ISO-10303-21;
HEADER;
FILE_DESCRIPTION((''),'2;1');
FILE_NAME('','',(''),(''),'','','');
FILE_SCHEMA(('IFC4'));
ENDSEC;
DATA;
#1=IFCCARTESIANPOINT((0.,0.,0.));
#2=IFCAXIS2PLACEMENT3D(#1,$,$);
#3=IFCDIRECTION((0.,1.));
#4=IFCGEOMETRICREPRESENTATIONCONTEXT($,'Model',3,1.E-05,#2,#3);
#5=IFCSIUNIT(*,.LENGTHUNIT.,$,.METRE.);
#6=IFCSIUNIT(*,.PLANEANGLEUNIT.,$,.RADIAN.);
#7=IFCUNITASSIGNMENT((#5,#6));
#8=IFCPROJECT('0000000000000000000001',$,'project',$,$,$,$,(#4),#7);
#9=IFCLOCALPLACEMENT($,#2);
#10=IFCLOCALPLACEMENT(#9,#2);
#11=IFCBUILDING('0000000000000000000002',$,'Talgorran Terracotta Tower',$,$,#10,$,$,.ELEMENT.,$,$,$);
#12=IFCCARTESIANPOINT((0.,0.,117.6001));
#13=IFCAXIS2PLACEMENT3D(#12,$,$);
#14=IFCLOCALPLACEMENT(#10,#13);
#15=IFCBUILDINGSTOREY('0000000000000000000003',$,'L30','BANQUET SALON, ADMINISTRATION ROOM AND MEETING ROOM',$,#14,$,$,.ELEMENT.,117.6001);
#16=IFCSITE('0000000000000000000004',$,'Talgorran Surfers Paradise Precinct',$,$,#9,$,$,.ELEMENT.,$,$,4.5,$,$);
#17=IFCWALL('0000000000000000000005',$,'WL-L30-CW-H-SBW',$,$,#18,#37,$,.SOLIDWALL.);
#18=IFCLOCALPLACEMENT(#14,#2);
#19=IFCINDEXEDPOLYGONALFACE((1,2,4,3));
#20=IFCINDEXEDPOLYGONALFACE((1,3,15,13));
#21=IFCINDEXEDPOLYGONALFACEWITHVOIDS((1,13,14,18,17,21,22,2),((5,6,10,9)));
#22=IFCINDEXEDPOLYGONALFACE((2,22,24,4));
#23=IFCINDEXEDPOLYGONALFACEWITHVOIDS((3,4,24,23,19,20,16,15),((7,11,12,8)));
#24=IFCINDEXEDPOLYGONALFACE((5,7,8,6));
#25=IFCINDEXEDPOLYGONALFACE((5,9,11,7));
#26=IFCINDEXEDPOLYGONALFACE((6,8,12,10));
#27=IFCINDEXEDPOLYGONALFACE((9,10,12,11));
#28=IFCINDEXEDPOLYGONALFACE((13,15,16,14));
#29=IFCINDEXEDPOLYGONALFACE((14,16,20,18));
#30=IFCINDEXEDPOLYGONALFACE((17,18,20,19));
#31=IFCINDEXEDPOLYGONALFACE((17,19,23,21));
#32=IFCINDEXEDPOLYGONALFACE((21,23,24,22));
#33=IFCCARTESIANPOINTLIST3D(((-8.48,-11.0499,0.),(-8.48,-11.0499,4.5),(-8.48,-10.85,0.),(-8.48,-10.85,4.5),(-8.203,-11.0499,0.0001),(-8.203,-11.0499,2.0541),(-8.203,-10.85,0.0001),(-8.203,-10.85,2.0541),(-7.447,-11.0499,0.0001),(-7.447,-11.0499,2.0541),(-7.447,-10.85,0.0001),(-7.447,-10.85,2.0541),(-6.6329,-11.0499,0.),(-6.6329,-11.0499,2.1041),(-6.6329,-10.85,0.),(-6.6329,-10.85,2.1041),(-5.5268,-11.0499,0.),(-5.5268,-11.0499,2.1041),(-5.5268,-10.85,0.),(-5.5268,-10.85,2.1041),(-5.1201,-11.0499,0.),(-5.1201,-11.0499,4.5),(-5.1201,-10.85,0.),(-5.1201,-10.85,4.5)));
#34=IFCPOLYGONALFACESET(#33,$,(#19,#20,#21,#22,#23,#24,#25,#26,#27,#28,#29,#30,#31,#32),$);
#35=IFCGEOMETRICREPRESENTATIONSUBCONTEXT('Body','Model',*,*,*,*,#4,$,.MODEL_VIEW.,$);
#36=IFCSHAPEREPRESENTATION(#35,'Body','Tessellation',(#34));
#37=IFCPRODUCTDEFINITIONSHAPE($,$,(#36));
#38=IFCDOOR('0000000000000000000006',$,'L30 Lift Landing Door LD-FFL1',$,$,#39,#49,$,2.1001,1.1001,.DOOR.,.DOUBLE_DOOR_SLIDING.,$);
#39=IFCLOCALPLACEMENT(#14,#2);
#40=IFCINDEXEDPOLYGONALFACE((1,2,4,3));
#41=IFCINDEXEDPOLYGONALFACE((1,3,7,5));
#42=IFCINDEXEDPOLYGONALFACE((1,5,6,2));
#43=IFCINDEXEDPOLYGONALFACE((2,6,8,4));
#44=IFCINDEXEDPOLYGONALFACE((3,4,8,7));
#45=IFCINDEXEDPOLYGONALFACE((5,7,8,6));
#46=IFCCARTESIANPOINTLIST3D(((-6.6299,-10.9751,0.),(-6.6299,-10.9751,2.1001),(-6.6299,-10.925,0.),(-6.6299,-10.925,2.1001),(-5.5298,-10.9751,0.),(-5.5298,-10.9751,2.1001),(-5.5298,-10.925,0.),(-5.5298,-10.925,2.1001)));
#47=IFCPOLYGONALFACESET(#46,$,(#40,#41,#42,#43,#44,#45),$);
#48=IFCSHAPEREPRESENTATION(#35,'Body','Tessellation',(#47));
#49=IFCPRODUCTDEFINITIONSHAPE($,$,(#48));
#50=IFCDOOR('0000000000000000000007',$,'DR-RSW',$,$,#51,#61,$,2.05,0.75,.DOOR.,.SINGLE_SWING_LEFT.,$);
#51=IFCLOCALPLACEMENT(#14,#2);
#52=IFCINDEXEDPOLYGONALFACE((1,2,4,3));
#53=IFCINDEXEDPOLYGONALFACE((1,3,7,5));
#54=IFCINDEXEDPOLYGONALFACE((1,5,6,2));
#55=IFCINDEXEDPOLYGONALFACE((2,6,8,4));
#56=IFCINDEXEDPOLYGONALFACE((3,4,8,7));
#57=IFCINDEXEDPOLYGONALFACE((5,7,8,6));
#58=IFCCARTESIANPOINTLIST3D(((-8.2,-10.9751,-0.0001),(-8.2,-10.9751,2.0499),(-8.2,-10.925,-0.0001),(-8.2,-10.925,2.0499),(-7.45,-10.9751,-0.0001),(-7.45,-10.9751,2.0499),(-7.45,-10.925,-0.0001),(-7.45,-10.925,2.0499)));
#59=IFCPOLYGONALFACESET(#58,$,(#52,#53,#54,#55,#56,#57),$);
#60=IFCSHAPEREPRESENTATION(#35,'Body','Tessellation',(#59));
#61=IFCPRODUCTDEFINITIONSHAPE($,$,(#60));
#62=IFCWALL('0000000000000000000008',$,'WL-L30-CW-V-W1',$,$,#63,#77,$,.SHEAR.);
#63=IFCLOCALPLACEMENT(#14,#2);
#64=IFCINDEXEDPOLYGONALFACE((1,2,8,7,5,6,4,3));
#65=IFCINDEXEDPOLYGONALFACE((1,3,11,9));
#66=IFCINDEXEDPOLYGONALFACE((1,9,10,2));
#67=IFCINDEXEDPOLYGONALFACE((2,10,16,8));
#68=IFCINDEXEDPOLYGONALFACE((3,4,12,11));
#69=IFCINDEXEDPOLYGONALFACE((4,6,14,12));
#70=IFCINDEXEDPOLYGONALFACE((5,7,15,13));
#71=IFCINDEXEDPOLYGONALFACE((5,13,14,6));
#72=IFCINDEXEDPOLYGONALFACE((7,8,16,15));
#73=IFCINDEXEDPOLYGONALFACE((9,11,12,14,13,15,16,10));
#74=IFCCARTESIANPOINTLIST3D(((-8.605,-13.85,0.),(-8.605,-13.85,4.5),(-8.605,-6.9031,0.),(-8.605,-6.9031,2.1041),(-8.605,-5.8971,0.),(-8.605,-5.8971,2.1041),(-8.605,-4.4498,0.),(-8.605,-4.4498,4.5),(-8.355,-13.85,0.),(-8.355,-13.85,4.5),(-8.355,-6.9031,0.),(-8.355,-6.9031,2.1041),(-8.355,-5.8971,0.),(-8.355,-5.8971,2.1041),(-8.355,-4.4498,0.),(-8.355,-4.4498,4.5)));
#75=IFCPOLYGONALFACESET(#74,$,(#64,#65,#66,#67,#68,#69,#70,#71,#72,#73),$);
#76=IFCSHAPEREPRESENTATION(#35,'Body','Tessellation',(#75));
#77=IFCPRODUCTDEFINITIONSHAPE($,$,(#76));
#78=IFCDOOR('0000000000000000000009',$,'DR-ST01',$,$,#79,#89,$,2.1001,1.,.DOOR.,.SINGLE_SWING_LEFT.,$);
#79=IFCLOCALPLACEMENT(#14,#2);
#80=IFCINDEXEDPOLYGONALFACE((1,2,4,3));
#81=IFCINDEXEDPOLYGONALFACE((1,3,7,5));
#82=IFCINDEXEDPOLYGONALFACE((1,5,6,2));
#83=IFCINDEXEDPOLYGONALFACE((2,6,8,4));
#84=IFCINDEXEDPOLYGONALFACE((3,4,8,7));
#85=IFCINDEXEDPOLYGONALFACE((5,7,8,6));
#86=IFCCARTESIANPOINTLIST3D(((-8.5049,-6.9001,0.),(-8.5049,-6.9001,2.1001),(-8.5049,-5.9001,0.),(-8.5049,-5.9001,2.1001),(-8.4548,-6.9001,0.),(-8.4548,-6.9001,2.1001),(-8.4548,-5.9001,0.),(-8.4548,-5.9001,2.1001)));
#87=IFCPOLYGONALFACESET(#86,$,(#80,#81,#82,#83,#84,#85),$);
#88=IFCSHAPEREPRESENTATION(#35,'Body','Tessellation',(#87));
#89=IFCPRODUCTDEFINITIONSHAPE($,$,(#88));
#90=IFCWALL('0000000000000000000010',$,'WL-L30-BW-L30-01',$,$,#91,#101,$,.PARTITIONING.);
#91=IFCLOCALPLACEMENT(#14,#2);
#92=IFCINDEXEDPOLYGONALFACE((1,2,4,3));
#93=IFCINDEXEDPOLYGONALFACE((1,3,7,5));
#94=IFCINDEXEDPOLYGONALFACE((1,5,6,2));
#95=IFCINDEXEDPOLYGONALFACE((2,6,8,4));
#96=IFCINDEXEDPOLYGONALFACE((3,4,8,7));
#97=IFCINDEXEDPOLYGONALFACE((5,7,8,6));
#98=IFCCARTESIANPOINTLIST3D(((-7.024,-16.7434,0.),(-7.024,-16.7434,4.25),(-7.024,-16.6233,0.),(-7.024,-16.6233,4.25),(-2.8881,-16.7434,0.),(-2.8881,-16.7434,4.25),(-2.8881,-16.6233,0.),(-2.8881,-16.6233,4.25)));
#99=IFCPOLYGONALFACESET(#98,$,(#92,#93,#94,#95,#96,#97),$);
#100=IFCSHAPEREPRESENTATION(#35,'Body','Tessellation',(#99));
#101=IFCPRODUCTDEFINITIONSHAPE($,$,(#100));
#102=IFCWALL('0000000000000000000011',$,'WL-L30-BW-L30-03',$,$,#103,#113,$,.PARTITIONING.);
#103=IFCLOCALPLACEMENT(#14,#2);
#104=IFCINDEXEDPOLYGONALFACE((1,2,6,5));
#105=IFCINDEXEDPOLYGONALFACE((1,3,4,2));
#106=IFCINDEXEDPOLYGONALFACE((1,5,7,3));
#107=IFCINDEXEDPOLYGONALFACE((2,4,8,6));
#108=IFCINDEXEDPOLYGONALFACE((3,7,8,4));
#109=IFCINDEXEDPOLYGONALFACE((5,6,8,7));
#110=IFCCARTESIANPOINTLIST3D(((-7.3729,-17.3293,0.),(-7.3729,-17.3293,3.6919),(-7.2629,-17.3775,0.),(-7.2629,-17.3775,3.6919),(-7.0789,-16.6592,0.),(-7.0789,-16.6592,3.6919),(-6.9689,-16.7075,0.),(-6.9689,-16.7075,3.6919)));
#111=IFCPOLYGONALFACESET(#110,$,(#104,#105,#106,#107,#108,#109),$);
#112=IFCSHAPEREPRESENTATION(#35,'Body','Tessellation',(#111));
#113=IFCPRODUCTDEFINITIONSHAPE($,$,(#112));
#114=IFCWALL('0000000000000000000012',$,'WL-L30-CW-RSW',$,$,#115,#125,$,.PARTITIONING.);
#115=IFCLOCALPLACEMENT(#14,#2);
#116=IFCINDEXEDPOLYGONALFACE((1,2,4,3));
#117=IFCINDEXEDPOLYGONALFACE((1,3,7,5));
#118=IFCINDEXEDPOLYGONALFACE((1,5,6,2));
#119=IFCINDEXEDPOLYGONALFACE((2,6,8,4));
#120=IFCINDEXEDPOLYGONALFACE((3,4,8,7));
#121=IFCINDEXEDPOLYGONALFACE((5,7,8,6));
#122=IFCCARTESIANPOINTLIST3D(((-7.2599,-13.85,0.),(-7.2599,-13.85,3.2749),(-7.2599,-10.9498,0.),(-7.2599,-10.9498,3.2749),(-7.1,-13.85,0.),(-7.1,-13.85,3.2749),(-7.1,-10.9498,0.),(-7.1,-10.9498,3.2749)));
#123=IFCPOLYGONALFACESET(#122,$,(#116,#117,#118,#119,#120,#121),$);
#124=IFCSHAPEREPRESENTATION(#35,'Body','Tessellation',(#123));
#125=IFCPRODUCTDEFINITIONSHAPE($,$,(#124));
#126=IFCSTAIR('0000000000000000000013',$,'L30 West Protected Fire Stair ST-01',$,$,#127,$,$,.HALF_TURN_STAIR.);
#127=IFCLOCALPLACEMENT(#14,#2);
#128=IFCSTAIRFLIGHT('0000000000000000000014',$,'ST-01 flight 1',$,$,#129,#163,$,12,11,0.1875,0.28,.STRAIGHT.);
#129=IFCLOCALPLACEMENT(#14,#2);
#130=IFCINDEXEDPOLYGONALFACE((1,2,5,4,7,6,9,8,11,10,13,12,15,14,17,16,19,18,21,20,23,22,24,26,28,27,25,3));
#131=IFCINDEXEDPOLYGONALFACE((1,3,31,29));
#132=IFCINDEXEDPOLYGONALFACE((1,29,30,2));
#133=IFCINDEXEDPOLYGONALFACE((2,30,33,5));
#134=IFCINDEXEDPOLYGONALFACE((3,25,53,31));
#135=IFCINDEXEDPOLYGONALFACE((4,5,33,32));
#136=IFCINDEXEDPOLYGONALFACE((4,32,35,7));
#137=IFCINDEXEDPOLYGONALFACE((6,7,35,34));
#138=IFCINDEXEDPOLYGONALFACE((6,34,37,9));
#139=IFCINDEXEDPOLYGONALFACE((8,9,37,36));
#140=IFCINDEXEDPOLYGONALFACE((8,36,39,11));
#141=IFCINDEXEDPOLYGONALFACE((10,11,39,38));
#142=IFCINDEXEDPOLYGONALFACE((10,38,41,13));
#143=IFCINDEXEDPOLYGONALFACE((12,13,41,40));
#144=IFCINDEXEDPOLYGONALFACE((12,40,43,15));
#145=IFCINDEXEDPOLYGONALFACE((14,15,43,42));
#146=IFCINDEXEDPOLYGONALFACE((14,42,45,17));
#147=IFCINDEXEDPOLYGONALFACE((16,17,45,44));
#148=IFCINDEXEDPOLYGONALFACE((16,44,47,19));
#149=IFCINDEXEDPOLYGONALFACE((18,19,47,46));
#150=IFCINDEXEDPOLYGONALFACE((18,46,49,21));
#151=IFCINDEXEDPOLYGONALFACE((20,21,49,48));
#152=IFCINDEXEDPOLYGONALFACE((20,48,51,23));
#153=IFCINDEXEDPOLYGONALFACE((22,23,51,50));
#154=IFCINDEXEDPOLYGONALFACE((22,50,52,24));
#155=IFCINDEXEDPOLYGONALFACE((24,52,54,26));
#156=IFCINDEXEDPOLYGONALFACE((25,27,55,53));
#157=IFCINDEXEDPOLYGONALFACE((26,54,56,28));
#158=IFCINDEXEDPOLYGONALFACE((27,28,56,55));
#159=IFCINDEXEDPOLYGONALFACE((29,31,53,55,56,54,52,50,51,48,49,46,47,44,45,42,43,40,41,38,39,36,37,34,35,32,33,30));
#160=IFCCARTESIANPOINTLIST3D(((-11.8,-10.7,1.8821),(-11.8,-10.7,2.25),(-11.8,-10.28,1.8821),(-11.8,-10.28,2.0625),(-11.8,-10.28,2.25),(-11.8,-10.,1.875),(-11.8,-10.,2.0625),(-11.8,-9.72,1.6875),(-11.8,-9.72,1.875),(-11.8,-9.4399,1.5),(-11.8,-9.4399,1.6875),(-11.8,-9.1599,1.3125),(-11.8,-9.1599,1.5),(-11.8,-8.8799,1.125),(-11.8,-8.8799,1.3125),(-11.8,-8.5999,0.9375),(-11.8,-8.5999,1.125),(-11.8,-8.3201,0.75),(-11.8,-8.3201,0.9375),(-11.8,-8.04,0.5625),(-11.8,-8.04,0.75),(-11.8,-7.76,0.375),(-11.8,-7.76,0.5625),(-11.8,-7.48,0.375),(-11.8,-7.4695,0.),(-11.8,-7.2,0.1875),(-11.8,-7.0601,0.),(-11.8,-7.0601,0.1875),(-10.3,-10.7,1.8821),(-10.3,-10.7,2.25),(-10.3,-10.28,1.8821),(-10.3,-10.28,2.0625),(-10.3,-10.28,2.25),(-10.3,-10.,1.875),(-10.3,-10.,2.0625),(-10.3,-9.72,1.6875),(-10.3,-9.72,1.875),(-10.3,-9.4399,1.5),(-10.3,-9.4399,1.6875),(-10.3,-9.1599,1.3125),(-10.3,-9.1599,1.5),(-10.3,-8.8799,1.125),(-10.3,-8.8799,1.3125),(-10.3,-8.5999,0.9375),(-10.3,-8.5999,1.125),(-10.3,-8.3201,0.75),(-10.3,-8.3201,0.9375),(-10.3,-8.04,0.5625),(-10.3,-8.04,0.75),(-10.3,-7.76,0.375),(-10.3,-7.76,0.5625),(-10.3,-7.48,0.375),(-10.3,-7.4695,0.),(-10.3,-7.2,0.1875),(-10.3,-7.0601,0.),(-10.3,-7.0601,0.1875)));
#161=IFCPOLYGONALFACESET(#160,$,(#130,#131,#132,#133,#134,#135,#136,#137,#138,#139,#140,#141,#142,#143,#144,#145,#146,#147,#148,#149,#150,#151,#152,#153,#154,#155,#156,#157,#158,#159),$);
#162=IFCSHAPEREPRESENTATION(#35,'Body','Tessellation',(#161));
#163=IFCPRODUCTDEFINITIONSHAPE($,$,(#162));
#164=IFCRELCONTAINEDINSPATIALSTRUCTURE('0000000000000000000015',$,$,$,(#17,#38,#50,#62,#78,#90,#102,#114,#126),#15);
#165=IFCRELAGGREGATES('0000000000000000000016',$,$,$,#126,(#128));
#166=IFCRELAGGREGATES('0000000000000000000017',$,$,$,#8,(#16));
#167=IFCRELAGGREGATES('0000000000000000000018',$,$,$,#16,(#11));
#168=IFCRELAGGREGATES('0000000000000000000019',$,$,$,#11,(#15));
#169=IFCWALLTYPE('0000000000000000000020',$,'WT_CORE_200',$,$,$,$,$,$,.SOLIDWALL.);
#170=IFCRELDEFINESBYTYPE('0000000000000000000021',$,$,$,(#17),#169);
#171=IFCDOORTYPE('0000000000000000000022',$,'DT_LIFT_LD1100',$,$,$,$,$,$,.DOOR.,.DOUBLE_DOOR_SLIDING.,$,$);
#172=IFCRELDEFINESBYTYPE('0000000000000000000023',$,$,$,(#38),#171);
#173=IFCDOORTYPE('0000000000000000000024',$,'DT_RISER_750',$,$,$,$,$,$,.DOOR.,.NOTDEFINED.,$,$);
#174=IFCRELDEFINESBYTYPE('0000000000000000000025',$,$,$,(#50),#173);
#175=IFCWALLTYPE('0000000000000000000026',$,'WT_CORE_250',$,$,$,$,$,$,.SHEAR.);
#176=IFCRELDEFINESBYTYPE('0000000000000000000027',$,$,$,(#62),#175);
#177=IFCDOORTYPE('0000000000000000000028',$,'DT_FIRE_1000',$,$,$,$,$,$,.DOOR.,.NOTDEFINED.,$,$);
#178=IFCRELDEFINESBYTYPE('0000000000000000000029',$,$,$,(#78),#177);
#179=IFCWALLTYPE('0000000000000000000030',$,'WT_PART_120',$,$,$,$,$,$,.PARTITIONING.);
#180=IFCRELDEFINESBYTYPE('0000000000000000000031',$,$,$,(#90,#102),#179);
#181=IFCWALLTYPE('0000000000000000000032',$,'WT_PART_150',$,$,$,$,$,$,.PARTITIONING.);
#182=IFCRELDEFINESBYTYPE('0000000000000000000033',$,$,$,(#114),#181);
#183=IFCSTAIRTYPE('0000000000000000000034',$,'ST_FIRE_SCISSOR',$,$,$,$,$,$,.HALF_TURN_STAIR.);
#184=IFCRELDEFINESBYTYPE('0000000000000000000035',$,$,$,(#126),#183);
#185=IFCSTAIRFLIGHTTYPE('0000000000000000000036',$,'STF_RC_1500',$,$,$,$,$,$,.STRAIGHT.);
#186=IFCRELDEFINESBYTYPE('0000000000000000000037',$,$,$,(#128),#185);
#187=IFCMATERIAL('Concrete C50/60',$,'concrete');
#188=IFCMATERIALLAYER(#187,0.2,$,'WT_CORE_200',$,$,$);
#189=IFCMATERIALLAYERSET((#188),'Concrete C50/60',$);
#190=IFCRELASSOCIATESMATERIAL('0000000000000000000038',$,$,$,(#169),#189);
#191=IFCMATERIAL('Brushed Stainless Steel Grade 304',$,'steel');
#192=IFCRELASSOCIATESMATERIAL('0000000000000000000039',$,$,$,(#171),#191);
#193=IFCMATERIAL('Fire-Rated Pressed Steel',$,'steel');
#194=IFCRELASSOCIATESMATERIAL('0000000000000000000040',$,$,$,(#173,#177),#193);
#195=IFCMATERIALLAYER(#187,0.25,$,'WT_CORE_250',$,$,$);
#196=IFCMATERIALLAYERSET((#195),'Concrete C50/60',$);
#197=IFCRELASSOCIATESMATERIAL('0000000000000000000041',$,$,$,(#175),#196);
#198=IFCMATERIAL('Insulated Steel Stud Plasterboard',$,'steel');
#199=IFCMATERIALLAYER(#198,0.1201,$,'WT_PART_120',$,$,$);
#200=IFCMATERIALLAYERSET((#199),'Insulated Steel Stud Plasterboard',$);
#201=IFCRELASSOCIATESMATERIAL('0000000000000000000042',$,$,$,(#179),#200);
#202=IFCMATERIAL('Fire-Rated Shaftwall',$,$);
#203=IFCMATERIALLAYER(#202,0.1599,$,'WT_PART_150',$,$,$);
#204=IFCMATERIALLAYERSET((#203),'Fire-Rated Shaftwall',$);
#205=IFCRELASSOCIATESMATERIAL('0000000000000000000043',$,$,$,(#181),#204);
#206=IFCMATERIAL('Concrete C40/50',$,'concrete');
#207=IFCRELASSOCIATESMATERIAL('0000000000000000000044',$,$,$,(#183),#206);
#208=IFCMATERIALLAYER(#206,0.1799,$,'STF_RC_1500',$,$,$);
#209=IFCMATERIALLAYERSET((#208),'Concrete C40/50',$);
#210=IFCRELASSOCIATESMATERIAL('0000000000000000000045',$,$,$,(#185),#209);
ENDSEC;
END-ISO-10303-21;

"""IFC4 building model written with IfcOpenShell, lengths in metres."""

from ifc_helpers import new_model, si_unit, direction, frame, frame_2d, origin, place, context, subcontext, project, spatial, polyline, rectangle, outline, extrude, material, layer, layer_set, type_object, element, fill, aggregate, save


model = new_model("IFC4")

# Units and contexts
model_context = context("Model", 3, precision=1e-05, world=origin(), true_north=direction((0.0, 1.0)))
body_context = subcontext(model_context, "Body", "Model", "MODEL_VIEW")
ifc_project = project(units=[si_unit("LENGTHUNIT", "METRE"), si_unit("PLANEANGLEUNIT", "RADIAN")], contexts=[model_context])

# Site, building, storey
site_placement = place(None, origin())
site = spatial("IfcSite", under=ifc_project, at=site_placement, Name="Talgorran Surfers Paradise Precinct", CompositionType="ELEMENT", RefElevation=4.5)
building_placement = place(site_placement, origin())
building = spatial("IfcBuilding", under=site, at=building_placement, Name="Talgorran Terracotta Tower", CompositionType="ELEMENT")
storey_placement = place(building_placement, frame((0.0, 0.0, 117.6001)))
storey = spatial("IfcBuildingStorey", under=building, at=storey_placement, Name="L30", Description="BANQUET SALON, ADMINISTRATION ROOM AND MEETING ROOM", CompositionType="ELEMENT", Elevation=117.6001)

# Wall, openings, doors
ifc_material_1 = material(Name="Concrete C50/60", Category="concrete")
ifc_layer_1 = layer(ifc_material_1, 0.2, Name="WT_CORE_200")
ifc_layer_set_1 = layer_set([ifc_layer_1], Name="Concrete C50/60")
wall_type_1 = type_object("IfcWallType", Name="WT_CORE_200", PredefinedType="SOLIDWALL", material=ifc_layer_set_1)
wall_1_placement = place(storey_placement, frame((-8.48, -10.95, 0.0), z_axis=(0.0, 0.0, 1.0), x_axis=(1.0, 0.0, 0.0)))
wall_1 = element("IfcWall", 1, at=wall_1_placement, inside=storey, type_object=wall_type_1, Name="WL-L30-CW-H-SBW", PredefinedType="SOLIDWALL", context=body_context, shape_type="SweptSolid", body=[
    extrude(rectangle(XDim=3.3599, YDim=0.2, at=frame_2d((1.6799, 0.0))), origin(), (0.0, 0.0, 1.0), 4.5),
])
opening_1_placement = place(wall_1_placement, frame((0.28, 0.0, 0.0)))
opening_1 = element("IfcOpeningElement", 2, at=opening_1_placement, cuts=wall_1, PredefinedType="OPENING", context=body_context, shape_type="SweptSolid", body=[
    extrude(rectangle(XDim=0.756, YDim=2.054, at=frame_2d((0.375, 1.0271))), frame((0.0, 0.1099, 0.0), z_axis=(0.0, -1.0, 0.0), x_axis=(1.0, 0.0, 0.0)), (0.0, 0.0, 1.0), 0.22),
])
opening_2_placement = place(wall_1_placement, frame((1.8501, 0.0, 0.0)))
opening_2 = element("IfcOpeningElement", 3, at=opening_2_placement, cuts=wall_1, PredefinedType="OPENING", context=body_context, shape_type="SweptSolid", body=[
    extrude(rectangle(XDim=1.1061, YDim=2.1041, at=frame_2d((0.55, 1.052))), frame((0.0, 0.1099, 0.0), z_axis=(0.0, -1.0, 0.0), x_axis=(1.0, 0.0, 0.0)), (0.0, 0.0, 1.0), 0.22),
])
ifc_material_2 = material(Name="Brushed Stainless Steel Grade 304", Category="steel")
door_type_1 = type_object("IfcDoorType", Name="DT_LIFT_LD1100", OperationType="DOUBLE_DOOR_SLIDING", PredefinedType="DOOR", material=ifc_material_2)
door_1_placement = place(opening_2_placement, origin())
door_1 = element("IfcDoor", 4, at=door_1_placement, inside=storey, type_object=door_type_1, Name="L30 Lift Landing Door LD-FFL1", OperationType="DOUBLE_DOOR_SLIDING", OverallHeight=2.1001, OverallWidth=1.1001, PredefinedType="DOOR", context=body_context, shape_type="SweptSolid", body=[
    extrude(rectangle(XDim=1.1001, YDim=2.1001, at=frame_2d((0.55, 1.05))), frame((0.0, 0.0249, 0.0), z_axis=(0.0, -1.0, 0.0), x_axis=(1.0, 0.0, 0.0)), (0.0, 0.0, 1.0), 0.05),
])
fill(opening_2, door_1)
ifc_material_3 = material(Name="Fire-Rated Pressed Steel", Category="steel")
door_type_2 = type_object("IfcDoorType", Name="DT_RISER_750", OperationType="NOTDEFINED", PredefinedType="DOOR", material=ifc_material_3)
door_2_placement = place(opening_1_placement, origin())
door_2 = element("IfcDoor", 5, at=door_2_placement, inside=storey, type_object=door_type_2, Name="DR-RSW", OperationType="SINGLE_SWING_LEFT", OverallHeight=2.05, OverallWidth=0.75, PredefinedType="DOOR", context=body_context, shape_type="SweptSolid", body=[
    extrude(rectangle(XDim=0.75, YDim=2.05, at=frame_2d((0.375, 1.0249))), frame((0.0, 0.0249, 0.0), z_axis=(0.0, -1.0, 0.0), x_axis=(1.0, 0.0, 0.0)), (0.0, 0.0, 1.0), 0.05),
])
fill(opening_1, door_2)

# Wall, opening, door
ifc_layer_2 = layer(ifc_material_1, 0.25, Name="WT_CORE_250")
ifc_layer_set_2 = layer_set([ifc_layer_2], Name="Concrete C50/60")
wall_type_2 = type_object("IfcWallType", Name="WT_CORE_250", PredefinedType="SHEAR", material=ifc_layer_set_2)
wall_2_placement = place(storey_placement, frame((-8.48, -13.8501, 0.0), z_axis=(0.0, 0.0, 1.0), x_axis=(0.0, 1.0, 0.0)))
wall_2 = element("IfcWall", 6, at=wall_2_placement, inside=storey, type_object=wall_type_2, Name="WL-L30-CW-V-W1", PredefinedType="SHEAR", context=body_context, shape_type="SweptSolid", body=[
    extrude(rectangle(XDim=9.4001, YDim=0.25, at=frame_2d((4.7002, 0.0))), origin(), (0.0, 0.0, 1.0), 4.5),
])
opening_3_placement = place(wall_2_placement, frame((6.95, 0.0, 0.0)))
opening_3 = element("IfcOpeningElement", 7, at=opening_3_placement, cuts=wall_2, PredefinedType="OPENING", context=body_context, shape_type="SweptSolid", body=[
    extrude(rectangle(XDim=1.006, YDim=2.1041, at=frame_2d((0.5, 1.052))), frame((0.0, 0.135, 0.0), z_axis=(0.0, -1.0, 0.0), x_axis=(1.0, 0.0, 0.0)), (0.0, 0.0, 1.0), 0.27),
])
door_type_3 = type_object("IfcDoorType", Name="DT_FIRE_1000", OperationType="NOTDEFINED", PredefinedType="DOOR", material=ifc_material_3)
door_3_placement = place(opening_3_placement, origin())
door_3 = element("IfcDoor", 8, at=door_3_placement, inside=storey, type_object=door_type_3, Name="DR-ST01", OperationType="SINGLE_SWING_LEFT", OverallHeight=2.1001, OverallWidth=1.0, PredefinedType="DOOR", context=body_context, shape_type="SweptSolid", body=[
    extrude(rectangle(XDim=1.0, YDim=2.1001, at=frame_2d((0.5, 1.05))), frame((0.0, 0.0249, 0.0), z_axis=(0.0, -1.0, 0.0), x_axis=(1.0, 0.0, 0.0)), (0.0, 0.0, 1.0), 0.05),
])
fill(opening_3, door_3)

# Walls
ifc_material_4 = material(Name="Insulated Steel Stud Plasterboard", Category="steel")
ifc_layer_3 = layer(ifc_material_4, 0.1201, Name="WT_PART_120")
ifc_layer_set_3 = layer_set([ifc_layer_3], Name="Insulated Steel Stud Plasterboard")
wall_type_3 = type_object("IfcWallType", Name="WT_PART_120", PredefinedType="PARTITIONING", material=ifc_layer_set_3)
wall_3_placement = place(storey_placement, frame((-7.0239, -16.6833, 0.0), z_axis=(0.0, 0.0, 1.0), x_axis=(1.0, 0.0, 0.0)))
element("IfcWall", 9, at=wall_3_placement, inside=storey, type_object=wall_type_3, Name="WL-L30-BW-L30-01", PredefinedType="PARTITIONING", context=body_context, shape_type="SweptSolid", body=[
    extrude(rectangle(XDim=4.136, YDim=0.1201, at=frame_2d((2.0679, 0.0))), origin(), (0.0, 0.0, 1.0), 4.25),
])
wall_4_placement = place(storey_placement, frame((-7.3179, -17.3533, 0.0), z_axis=(0.0, 0.0, 1.0), x_axis=(0.401799, 0.915728, 0.0)))
element("IfcWall", 10, at=wall_4_placement, inside=storey, type_object=wall_type_3, Name="WL-L30-BW-L30-03", PredefinedType="PARTITIONING", context=body_context, shape_type="SweptSolid", body=[
    extrude(rectangle(XDim=0.7317, YDim=0.1201, at=frame_2d((0.3657, 0.0))), origin(), (0.0, 0.0, 1.0), 3.6919),
])
ifc_material_5 = material(Name="Fire-Rated Shaftwall")
ifc_layer_4 = layer(ifc_material_5, 0.1599, Name="WT_PART_150")
ifc_layer_set_4 = layer_set([ifc_layer_4], Name="Fire-Rated Shaftwall")
wall_type_4 = type_object("IfcWallType", Name="WT_PART_150", PredefinedType="PARTITIONING", material=ifc_layer_set_4)
wall_5_placement = place(storey_placement, frame((-7.1799, -13.8501, 0.0), z_axis=(0.0, 0.0, 1.0), x_axis=(0.0, 1.0, 0.0)))
element("IfcWall", 11, at=wall_5_placement, inside=storey, type_object=wall_type_4, Name="WL-L30-CW-RSW", PredefinedType="PARTITIONING", context=body_context, shape_type="SweptSolid", body=[
    extrude(rectangle(XDim=2.9001, YDim=0.1599, at=frame_2d((1.4502, 0.0))), origin(), (0.0, 0.0, 1.0), 3.2749),
])

# Stair, stair flight
ifc_material_6 = material(Name="Concrete C40/50", Category="concrete")
stair_type = type_object("IfcStairType", Name="ST_FIRE_SCISSOR", PredefinedType="HALF_TURN_STAIR", material=ifc_material_6)
stair_placement = place(storey_placement, origin())
stair = element("IfcStair", 12, at=stair_placement, inside=storey, type_object=stair_type, Name="L30 West Protected Fire Stair ST-01", PredefinedType="HALF_TURN_STAIR")
ifc_layer_5 = layer(ifc_material_6, 0.1799, Name="STF_RC_1500")
ifc_layer_set_5 = layer_set([ifc_layer_5], Name="Concrete C40/50")
stair_flight_type = type_object("IfcStairFlightType", Name="STF_RC_1500", PredefinedType="STRAIGHT", material=ifc_layer_set_5)
stair_flight_1_placement = place(storey_placement, frame((-11.05, -7.2, 0.0), z_axis=(0.0, 0.0, 1.0), x_axis=(0.0, -1.0, 0.0)))
stair_flight_1 = element("IfcStairFlight", 13, at=stair_flight_1_placement, type_object=stair_flight_type, Name="ST-01 flight 1", NumberOfRisers=12, NumberOfTreads=11, PredefinedType="STRAIGHT", RiserHeight=0.1875, TreadLength=0.28, context=body_context, shape_type="SweptSolid", body=[
    extrude(outline(polyline([(-0.1399, 0.0), (-0.1399, 0.1875), (0.0, 0.1875), (0.28, 0.375), (0.5601, 0.375), (0.5601, 0.5625), (0.8401, 0.5625), (0.8401, 0.75), (1.1201, 0.75), (1.1201, 0.9375), (1.3999, 0.9375), (1.3999, 1.125), (1.6799, 1.125), (1.6799, 1.3125), (1.96, 1.3125), (1.96, 1.5), (2.24, 1.5), (2.24, 1.6875), (2.52, 1.6875), (2.52, 1.875), (2.8, 1.875), (2.8, 2.0625), (3.0801, 2.0625), (3.0801, 2.25), (3.5, 2.25), (3.5, 1.8821), (3.0801, 1.8821), (0.2695, 0.0), (-0.1399, 0.0)])), frame((0.0, 0.75, 0.0), z_axis=(0.0, -1.0, 0.0), x_axis=(1.0, 0.0, 0.0)), (0.0, 0.0, 1.0), 1.5),
])
aggregate(stair, [stair_flight_1])

save(model, "model.ifc")
